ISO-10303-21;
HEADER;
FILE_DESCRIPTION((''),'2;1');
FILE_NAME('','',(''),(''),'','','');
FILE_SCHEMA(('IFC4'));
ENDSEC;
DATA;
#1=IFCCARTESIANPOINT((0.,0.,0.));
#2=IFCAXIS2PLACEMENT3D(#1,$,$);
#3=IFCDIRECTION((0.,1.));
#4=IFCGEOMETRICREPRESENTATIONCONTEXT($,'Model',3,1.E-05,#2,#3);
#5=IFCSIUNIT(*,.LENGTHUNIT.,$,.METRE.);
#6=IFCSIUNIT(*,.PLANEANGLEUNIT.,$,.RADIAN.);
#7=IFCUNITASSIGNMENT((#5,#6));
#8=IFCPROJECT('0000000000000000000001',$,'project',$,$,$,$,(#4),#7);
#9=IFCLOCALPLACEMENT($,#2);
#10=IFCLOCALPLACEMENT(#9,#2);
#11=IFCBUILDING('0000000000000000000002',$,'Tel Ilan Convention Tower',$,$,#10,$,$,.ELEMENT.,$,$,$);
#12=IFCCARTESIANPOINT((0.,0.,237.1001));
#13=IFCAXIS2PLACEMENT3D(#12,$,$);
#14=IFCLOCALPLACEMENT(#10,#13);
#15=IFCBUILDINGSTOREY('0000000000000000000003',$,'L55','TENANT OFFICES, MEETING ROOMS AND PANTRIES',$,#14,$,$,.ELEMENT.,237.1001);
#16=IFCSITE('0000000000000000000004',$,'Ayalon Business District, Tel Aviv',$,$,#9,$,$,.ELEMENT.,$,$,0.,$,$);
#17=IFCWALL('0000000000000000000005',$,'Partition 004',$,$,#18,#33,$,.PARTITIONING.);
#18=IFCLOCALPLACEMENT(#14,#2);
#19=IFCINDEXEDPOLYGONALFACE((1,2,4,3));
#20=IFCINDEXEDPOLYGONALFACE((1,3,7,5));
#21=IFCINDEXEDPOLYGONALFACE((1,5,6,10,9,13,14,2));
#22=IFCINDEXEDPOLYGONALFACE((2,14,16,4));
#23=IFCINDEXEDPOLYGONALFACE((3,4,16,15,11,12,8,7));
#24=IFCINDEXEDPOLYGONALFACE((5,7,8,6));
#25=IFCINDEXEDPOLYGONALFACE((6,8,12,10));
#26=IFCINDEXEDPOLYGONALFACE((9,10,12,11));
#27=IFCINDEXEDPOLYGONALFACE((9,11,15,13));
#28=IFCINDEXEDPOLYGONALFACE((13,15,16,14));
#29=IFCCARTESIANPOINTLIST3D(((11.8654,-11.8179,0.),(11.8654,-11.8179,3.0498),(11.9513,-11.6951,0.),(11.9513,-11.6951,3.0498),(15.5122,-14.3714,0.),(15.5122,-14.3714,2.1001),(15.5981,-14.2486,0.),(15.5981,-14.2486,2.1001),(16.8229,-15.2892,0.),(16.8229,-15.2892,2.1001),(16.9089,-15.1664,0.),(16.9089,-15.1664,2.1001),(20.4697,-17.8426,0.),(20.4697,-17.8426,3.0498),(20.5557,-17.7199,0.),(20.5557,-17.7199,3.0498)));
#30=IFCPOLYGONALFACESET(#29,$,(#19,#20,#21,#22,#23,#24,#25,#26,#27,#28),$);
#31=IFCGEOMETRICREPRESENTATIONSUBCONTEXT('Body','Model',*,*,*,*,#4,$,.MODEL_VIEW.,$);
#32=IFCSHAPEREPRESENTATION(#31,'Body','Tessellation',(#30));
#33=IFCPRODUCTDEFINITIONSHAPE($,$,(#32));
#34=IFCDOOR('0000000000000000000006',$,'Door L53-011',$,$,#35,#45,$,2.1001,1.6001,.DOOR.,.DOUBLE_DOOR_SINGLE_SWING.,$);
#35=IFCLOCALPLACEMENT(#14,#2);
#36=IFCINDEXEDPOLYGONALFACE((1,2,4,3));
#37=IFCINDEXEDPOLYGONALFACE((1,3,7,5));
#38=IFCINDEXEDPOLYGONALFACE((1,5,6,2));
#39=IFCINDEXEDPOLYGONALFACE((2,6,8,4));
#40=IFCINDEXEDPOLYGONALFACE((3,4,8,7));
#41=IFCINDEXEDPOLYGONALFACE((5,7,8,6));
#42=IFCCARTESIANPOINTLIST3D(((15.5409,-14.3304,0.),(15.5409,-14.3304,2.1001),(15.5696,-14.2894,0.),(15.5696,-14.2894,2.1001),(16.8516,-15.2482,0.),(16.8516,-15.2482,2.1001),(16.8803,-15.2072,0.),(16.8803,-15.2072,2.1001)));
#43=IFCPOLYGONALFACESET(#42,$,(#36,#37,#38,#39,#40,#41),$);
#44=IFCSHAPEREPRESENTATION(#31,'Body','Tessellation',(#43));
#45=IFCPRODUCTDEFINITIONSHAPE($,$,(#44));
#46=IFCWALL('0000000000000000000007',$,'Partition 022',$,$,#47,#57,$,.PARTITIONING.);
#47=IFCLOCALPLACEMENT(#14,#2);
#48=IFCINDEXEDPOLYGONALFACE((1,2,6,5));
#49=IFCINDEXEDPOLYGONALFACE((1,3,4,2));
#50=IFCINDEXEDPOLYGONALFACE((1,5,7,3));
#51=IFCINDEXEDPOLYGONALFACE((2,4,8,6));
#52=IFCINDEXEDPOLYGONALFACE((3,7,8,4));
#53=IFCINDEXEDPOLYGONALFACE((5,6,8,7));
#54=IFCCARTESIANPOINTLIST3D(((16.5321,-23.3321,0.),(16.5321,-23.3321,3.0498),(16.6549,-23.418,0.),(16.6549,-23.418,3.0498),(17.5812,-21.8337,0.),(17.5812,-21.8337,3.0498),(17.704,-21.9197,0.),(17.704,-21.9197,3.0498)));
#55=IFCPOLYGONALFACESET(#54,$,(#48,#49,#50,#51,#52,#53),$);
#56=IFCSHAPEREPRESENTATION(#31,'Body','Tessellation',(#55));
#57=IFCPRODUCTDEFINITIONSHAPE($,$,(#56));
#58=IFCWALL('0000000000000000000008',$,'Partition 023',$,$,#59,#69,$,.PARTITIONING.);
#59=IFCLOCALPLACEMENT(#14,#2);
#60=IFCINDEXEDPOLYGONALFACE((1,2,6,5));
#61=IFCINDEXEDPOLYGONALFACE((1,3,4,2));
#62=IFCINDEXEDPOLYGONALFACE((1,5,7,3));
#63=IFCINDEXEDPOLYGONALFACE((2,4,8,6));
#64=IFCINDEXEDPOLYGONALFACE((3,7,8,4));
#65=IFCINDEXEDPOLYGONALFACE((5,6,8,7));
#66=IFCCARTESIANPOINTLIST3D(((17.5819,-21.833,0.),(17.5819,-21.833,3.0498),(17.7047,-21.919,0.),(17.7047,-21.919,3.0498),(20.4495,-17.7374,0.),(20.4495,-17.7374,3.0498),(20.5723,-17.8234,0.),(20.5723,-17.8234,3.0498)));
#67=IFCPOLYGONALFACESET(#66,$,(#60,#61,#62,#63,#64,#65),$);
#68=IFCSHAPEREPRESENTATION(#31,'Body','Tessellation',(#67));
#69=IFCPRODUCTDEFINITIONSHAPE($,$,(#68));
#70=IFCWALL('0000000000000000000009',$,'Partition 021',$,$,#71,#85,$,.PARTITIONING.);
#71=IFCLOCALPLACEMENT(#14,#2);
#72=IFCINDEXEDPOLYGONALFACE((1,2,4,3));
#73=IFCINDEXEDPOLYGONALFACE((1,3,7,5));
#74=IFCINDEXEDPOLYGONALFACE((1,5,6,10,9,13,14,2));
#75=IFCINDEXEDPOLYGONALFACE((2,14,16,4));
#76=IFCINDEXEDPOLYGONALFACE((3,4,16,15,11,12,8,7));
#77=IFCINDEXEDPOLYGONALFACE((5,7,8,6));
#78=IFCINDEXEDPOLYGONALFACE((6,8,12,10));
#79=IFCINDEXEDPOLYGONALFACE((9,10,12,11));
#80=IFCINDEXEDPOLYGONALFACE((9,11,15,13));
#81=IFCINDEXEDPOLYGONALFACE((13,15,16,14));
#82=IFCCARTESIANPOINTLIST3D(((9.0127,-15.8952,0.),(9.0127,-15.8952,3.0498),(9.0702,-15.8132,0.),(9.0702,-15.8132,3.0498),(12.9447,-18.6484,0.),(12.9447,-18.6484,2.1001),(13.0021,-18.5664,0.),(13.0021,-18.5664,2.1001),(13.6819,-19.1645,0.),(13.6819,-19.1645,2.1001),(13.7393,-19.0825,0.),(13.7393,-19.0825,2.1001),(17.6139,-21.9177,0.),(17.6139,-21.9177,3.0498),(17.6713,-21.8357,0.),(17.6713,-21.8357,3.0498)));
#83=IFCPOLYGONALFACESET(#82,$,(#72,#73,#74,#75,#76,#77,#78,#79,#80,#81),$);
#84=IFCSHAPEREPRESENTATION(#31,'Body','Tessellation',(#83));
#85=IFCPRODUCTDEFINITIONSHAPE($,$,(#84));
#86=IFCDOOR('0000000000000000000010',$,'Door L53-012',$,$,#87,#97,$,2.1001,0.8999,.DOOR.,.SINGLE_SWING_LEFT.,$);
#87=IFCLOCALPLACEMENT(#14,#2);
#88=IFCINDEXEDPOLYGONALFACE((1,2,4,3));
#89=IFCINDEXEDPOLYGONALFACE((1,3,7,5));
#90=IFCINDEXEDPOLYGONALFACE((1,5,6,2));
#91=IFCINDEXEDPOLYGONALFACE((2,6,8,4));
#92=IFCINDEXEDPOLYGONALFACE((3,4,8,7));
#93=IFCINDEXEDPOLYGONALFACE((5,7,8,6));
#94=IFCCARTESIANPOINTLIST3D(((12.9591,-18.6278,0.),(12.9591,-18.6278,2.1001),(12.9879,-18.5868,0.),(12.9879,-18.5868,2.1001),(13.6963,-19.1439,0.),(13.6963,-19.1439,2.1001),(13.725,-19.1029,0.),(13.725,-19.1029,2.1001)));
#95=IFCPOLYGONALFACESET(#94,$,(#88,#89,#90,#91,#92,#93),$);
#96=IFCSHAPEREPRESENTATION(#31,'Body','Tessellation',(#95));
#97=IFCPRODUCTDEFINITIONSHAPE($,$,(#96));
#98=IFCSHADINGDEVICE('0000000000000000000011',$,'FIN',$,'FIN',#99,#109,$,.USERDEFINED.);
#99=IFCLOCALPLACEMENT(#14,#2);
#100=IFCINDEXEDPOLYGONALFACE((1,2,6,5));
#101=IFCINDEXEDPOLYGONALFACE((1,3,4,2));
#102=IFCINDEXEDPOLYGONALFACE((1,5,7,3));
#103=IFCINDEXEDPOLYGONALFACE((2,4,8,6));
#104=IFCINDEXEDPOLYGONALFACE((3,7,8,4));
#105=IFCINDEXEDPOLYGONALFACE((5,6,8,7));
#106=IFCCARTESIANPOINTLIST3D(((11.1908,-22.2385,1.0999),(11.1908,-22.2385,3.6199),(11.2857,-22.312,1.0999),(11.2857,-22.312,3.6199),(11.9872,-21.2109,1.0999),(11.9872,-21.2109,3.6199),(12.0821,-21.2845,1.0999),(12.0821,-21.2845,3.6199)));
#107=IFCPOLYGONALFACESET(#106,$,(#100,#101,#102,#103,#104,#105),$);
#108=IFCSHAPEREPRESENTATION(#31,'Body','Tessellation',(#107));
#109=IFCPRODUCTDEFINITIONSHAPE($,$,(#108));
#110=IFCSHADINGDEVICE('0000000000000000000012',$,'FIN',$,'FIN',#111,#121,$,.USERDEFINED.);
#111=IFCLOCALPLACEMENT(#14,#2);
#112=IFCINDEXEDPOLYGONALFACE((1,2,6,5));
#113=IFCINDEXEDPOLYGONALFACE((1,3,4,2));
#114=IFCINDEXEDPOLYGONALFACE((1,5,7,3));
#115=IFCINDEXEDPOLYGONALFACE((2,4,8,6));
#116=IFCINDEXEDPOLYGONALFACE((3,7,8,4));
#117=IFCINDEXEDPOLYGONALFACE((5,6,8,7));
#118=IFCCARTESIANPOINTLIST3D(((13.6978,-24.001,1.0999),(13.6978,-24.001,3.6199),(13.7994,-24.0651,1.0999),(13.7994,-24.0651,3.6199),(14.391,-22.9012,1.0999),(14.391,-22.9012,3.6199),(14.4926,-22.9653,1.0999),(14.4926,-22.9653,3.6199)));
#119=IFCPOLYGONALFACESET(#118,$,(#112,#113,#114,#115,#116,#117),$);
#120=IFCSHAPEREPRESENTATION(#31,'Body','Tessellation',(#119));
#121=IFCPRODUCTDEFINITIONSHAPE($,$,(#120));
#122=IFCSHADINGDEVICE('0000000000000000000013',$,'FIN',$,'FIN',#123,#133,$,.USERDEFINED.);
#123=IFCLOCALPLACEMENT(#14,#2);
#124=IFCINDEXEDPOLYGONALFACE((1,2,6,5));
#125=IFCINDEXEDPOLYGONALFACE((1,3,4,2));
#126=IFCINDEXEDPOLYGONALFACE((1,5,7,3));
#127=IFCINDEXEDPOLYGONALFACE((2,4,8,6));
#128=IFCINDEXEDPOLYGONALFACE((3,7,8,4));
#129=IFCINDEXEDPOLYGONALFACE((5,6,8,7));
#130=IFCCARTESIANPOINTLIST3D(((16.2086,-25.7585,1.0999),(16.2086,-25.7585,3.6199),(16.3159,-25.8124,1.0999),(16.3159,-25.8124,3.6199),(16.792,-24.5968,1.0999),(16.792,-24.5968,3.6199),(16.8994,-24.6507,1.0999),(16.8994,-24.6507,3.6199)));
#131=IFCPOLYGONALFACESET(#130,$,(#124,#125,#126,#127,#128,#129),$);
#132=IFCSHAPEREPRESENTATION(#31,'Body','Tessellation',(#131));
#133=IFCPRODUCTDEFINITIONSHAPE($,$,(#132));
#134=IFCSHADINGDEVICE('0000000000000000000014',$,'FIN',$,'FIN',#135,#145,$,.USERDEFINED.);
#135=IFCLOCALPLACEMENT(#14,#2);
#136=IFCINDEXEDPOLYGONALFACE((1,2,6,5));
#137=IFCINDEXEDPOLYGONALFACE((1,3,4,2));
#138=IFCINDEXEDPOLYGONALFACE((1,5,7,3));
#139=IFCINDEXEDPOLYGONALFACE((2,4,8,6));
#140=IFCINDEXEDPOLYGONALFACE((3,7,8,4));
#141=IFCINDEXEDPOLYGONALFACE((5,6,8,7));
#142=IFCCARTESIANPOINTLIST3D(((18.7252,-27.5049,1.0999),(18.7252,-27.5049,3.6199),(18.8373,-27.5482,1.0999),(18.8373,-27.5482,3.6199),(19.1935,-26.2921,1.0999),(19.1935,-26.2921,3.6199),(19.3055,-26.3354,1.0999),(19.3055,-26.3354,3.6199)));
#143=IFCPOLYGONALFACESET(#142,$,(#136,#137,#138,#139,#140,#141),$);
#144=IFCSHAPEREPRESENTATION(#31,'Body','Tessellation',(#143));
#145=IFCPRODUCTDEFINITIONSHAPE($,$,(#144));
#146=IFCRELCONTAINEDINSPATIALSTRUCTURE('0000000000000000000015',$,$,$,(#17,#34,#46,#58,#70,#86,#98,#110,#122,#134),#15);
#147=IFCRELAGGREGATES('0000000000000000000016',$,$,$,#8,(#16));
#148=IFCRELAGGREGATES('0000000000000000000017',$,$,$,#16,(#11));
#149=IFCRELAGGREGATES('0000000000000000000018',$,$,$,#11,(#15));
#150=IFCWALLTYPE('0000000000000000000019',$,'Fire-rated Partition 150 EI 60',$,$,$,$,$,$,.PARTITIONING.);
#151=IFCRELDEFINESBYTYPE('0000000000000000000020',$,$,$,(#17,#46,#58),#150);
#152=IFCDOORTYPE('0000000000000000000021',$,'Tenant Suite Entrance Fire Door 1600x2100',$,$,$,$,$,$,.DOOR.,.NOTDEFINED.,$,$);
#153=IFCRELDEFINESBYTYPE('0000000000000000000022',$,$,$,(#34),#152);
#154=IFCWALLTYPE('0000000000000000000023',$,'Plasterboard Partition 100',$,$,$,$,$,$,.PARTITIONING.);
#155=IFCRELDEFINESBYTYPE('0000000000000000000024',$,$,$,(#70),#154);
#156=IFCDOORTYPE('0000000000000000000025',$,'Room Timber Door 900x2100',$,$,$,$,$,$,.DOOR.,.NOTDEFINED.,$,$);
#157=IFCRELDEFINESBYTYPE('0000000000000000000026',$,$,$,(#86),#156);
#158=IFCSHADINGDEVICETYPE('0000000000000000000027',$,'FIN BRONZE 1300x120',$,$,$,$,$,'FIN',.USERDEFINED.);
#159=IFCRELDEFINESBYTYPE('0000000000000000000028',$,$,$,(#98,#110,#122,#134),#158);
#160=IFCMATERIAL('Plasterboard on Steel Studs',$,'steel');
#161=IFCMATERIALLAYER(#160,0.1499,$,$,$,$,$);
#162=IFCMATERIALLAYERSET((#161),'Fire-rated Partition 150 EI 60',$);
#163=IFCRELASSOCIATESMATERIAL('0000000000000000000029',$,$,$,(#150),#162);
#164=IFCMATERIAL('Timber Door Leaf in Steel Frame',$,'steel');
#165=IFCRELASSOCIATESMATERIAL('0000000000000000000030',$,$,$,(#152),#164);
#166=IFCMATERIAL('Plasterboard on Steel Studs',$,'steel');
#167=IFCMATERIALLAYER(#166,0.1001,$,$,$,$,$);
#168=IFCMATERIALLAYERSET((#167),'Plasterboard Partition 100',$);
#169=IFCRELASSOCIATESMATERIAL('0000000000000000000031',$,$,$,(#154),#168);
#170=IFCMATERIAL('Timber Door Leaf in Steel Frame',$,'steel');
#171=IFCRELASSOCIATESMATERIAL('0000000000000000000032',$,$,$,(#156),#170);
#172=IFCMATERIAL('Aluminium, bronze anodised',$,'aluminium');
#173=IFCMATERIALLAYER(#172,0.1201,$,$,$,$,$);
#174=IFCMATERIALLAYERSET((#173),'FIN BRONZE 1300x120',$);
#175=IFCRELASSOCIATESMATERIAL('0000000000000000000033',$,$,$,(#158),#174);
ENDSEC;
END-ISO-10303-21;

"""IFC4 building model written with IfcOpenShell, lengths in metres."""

from ifc_helpers import new_model, si_unit, direction, frame, frame_2d, origin, origin_2d, place, context, subcontext, project, spatial, rectangle, extrude, material, layer, layer_set, type_object, element, fill, save


model = new_model("IFC4")

# Units and contexts
model_context = context("Model", 3, precision=1e-05, world=origin(), true_north=direction((0.0, 1.0)))
body_context = subcontext(model_context, "Body", "Model", "MODEL_VIEW")
ifc_project = project(units=[si_unit("LENGTHUNIT", "METRE"), si_unit("PLANEANGLEUNIT", "RADIAN")], contexts=[model_context])

# Site, building, storey
site_placement = place(None, origin())
site = spatial("IfcSite", under=ifc_project, at=site_placement, Name="Ayalon Business District, Tel Aviv", CompositionType="ELEMENT", RefElevation=0.0)
building_placement = place(site_placement, origin())
building = spatial("IfcBuilding", under=site, at=building_placement, Name="Tel Ilan Convention Tower", CompositionType="ELEMENT")
storey_placement = place(building_placement, frame((0.0, 0.0, 237.1001)))
storey = spatial("IfcBuildingStorey", under=building, at=storey_placement, Name="L55", Description="TENANT OFFICES, MEETING ROOMS AND PANTRIES", CompositionType="ELEMENT", Elevation=237.1001)

# Wall, opening, door
ifc_material_1 = material(Name="Plasterboard on Steel Studs", Category="steel")
ifc_layer_1 = layer(ifc_material_1, 0.1499)
ifc_layer_set_1 = layer_set([ifc_layer_1], Name="Fire-rated Partition 150 EI 60")
wall_type_1 = type_object("IfcWallType", Name="Fire-rated Partition 150 EI 60", PredefinedType="PARTITIONING", material=ifc_layer_set_1)
wall_1_placement = place(storey_placement, frame((20.5127, -17.7812, 0.0), z_axis=(0.0, 0.0, 1.0), x_axis=(-0.819157, 0.57357, 0.0)))
wall_1 = element("IfcWall", 1, at=wall_1_placement, inside=storey, type_object=wall_type_1, Name="Partition 004", PredefinedType="PARTITIONING", context=body_context, shape_type="SweptSolid", body=[
    extrude(rectangle(XDim=10.5039, YDim=0.1499, at=frame_2d((5.252, 0.0))), origin(), (0.0, 0.0, 1.0), 3.0498),
])
opening_1_placement = place(wall_1_placement, frame((4.4519, 0.0, 0.0)))
opening_1 = element("IfcOpeningElement", 2, at=opening_1_placement, cuts=wall_1, PredefinedType="OPENING", context=body_context, shape_type="SweptSolid", body=[
    extrude(rectangle(XDim=1.6001, YDim=2.1001, at=frame_2d((0.8, 1.05))), frame((0.0, 0.085, 0.0), z_axis=(0.0, -1.0, 0.0), x_axis=(1.0, 0.0, 0.0)), (0.0, 0.0, 1.0), 0.1699),
])
ifc_material_2 = material(Name="Timber Door Leaf in Steel Frame", Category="steel")
door_type_1 = type_object("IfcDoorType", Name="Tenant Suite Entrance Fire Door 1600x2100", OperationType="NOTDEFINED", PredefinedType="DOOR", material=ifc_material_2)
door_1_placement = place(opening_1_placement, origin())
door_1 = element("IfcDoor", 3, at=door_1_placement, inside=storey, type_object=door_type_1, Name="Door L53-011", OperationType="DOUBLE_DOOR_SINGLE_SWING", OverallHeight=2.1001, OverallWidth=1.6001, PredefinedType="DOOR", context=body_context, shape_type="SweptSolid", body=[
    extrude(rectangle(XDim=1.6001, YDim=2.1001, at=frame_2d((0.8, 1.05))), frame((0.0, 0.0249, 0.0), z_axis=(0.0, -1.0, 0.0), x_axis=(1.0, 0.0, 0.0)), (0.0, 0.0, 1.0), 0.05),
])
fill(opening_1, door_1)

# Walls
wall_2_placement = place(storey_placement, frame((17.6426, -21.8767, 0.0), z_axis=(0.0, 0.0, 1.0), x_axis=(-0.573561, -0.819163, 0.0)))
element("IfcWall", 4, at=wall_2_placement, inside=storey, type_object=wall_type_1, Name="Partition 022", PredefinedType="PARTITIONING", context=body_context, shape_type="SweptSolid", body=[
    extrude(rectangle(XDim=1.8291, YDim=0.1499, at=frame_2d((0.9146, 0.0))), origin(), (0.0, 0.0, 1.0), 3.0498),
])
wall_3_placement = place(storey_placement, frame((20.511, -17.7803, 0.0), z_axis=(0.0, 0.0, 1.0), x_axis=(-0.573554, -0.819168, 0.0)))
element("IfcWall", 5, at=wall_3_placement, inside=storey, type_object=wall_type_1, Name="Partition 023", PredefinedType="PARTITIONING", context=body_context, shape_type="SweptSolid", body=[
    extrude(rectangle(XDim=4.9998, YDim=0.1499, at=frame_2d((2.5, 0.0))), origin(), (0.0, 0.0, 1.0), 3.0498),
])

# Wall, opening, door
ifc_material_3 = material(Name="Plasterboard on Steel Studs", Category="steel")
ifc_layer_2 = layer(ifc_material_3, 0.1001)
ifc_layer_set_2 = layer_set([ifc_layer_2], Name="Plasterboard Partition 100")
wall_type_2 = type_object("IfcWallType", Name="Plasterboard Partition 100", PredefinedType="PARTITIONING", material=ifc_layer_set_2)
wall_4_placement = place(storey_placement, frame((17.6426, -21.8767, 0.0), z_axis=(0.0, 0.0, 1.0), x_axis=(-0.819155, 0.573572, 0.0)))
wall_4 = element("IfcWall", 6, at=wall_4_placement, inside=storey, type_object=wall_type_2, Name="Partition 021", PredefinedType="PARTITIONING", context=body_context, shape_type="SweptSolid", body=[
    extrude(rectangle(XDim=10.5, YDim=0.1001, at=frame_2d((5.25, 0.0))), origin(), (0.0, 0.0, 1.0), 3.0498),
])
opening_2_placement = place(wall_4_placement, frame((4.8, 0.0, 0.0)))
opening_2 = element("IfcOpeningElement", 7, at=opening_2_placement, cuts=wall_4, PredefinedType="OPENING", context=body_context, shape_type="SweptSolid", body=[
    extrude(rectangle(XDim=0.8999, YDim=2.1001, at=frame_2d((0.45, 1.05))), frame((0.0, 0.0601, 0.0), z_axis=(0.0, -1.0, 0.0), x_axis=(1.0, 0.0, 0.0)), (0.0, 0.0, 1.0), 0.1201),
])
ifc_material_4 = material(Name="Timber Door Leaf in Steel Frame", Category="steel")
door_type_2 = type_object("IfcDoorType", Name="Room Timber Door 900x2100", OperationType="NOTDEFINED", PredefinedType="DOOR", material=ifc_material_4)
door_2_placement = place(opening_2_placement, origin())
door_2 = element("IfcDoor", 8, at=door_2_placement, inside=storey, type_object=door_type_2, Name="Door L53-012", OperationType="SINGLE_SWING_LEFT", OverallHeight=2.1001, OverallWidth=0.8999, PredefinedType="DOOR", context=body_context, shape_type="SweptSolid", body=[
    extrude(rectangle(XDim=0.8999, YDim=2.1001, at=frame_2d((0.45, 1.05))), frame((0.0, 0.0249, 0.0), z_axis=(0.0, -1.0, 0.0), x_axis=(1.0, 0.0, 0.0)), (0.0, 0.0, 1.0), 0.05),
])
fill(opening_2, door_2)

# Shading devices
ifc_material_5 = material(Name="Aluminium, bronze anodised", Category="aluminium")
ifc_layer_3 = layer(ifc_material_5, 0.1201)
ifc_layer_set_3 = layer_set([ifc_layer_3], Name="FIN BRONZE 1300x120")
shading_device_type = type_object("IfcShadingDeviceType", Name="FIN BRONZE 1300x120", ElementType="FIN", PredefinedType="USERDEFINED", material=ifc_layer_set_3)
for number, where, z_axis, x_axis, name in (
    (9, (11.6365, -21.7615, 1.0999), (0.0, 0.0, 1.0), (-0.612601, -0.790393, 0.0), "FIN"),
    (10, (14.0952, -23.4832, 1.0999), (0.0, 0.0, 1.0), (-0.533204, -0.845986, 0.0), "FIN"),
    (11, (16.554, -25.2046, 1.0999), (0.0, 0.0, 1.0), (-0.448799, -0.893633, 0.0), "FIN"),
    (12, (19.0154, -26.9202, 1.0999), (0.0, 0.0, 1.0), (-0.360178, -0.932884, 0.0), "FIN"),
):
    element("IfcShadingDevice", number, at=place(storey_placement, frame(where, z_axis=z_axis, x_axis=x_axis)), inside=storey, type_object=shading_device_type, Name=name, ObjectType="FIN", PredefinedType="USERDEFINED", context=body_context, shape_type="SweptSolid", body=[
        extrude(rectangle(XDim=1.3, YDim=0.1201, at=origin_2d()), origin(), (0.0, 0.0, 1.0), 2.52),
    ])

save(model, "model.ifc")
